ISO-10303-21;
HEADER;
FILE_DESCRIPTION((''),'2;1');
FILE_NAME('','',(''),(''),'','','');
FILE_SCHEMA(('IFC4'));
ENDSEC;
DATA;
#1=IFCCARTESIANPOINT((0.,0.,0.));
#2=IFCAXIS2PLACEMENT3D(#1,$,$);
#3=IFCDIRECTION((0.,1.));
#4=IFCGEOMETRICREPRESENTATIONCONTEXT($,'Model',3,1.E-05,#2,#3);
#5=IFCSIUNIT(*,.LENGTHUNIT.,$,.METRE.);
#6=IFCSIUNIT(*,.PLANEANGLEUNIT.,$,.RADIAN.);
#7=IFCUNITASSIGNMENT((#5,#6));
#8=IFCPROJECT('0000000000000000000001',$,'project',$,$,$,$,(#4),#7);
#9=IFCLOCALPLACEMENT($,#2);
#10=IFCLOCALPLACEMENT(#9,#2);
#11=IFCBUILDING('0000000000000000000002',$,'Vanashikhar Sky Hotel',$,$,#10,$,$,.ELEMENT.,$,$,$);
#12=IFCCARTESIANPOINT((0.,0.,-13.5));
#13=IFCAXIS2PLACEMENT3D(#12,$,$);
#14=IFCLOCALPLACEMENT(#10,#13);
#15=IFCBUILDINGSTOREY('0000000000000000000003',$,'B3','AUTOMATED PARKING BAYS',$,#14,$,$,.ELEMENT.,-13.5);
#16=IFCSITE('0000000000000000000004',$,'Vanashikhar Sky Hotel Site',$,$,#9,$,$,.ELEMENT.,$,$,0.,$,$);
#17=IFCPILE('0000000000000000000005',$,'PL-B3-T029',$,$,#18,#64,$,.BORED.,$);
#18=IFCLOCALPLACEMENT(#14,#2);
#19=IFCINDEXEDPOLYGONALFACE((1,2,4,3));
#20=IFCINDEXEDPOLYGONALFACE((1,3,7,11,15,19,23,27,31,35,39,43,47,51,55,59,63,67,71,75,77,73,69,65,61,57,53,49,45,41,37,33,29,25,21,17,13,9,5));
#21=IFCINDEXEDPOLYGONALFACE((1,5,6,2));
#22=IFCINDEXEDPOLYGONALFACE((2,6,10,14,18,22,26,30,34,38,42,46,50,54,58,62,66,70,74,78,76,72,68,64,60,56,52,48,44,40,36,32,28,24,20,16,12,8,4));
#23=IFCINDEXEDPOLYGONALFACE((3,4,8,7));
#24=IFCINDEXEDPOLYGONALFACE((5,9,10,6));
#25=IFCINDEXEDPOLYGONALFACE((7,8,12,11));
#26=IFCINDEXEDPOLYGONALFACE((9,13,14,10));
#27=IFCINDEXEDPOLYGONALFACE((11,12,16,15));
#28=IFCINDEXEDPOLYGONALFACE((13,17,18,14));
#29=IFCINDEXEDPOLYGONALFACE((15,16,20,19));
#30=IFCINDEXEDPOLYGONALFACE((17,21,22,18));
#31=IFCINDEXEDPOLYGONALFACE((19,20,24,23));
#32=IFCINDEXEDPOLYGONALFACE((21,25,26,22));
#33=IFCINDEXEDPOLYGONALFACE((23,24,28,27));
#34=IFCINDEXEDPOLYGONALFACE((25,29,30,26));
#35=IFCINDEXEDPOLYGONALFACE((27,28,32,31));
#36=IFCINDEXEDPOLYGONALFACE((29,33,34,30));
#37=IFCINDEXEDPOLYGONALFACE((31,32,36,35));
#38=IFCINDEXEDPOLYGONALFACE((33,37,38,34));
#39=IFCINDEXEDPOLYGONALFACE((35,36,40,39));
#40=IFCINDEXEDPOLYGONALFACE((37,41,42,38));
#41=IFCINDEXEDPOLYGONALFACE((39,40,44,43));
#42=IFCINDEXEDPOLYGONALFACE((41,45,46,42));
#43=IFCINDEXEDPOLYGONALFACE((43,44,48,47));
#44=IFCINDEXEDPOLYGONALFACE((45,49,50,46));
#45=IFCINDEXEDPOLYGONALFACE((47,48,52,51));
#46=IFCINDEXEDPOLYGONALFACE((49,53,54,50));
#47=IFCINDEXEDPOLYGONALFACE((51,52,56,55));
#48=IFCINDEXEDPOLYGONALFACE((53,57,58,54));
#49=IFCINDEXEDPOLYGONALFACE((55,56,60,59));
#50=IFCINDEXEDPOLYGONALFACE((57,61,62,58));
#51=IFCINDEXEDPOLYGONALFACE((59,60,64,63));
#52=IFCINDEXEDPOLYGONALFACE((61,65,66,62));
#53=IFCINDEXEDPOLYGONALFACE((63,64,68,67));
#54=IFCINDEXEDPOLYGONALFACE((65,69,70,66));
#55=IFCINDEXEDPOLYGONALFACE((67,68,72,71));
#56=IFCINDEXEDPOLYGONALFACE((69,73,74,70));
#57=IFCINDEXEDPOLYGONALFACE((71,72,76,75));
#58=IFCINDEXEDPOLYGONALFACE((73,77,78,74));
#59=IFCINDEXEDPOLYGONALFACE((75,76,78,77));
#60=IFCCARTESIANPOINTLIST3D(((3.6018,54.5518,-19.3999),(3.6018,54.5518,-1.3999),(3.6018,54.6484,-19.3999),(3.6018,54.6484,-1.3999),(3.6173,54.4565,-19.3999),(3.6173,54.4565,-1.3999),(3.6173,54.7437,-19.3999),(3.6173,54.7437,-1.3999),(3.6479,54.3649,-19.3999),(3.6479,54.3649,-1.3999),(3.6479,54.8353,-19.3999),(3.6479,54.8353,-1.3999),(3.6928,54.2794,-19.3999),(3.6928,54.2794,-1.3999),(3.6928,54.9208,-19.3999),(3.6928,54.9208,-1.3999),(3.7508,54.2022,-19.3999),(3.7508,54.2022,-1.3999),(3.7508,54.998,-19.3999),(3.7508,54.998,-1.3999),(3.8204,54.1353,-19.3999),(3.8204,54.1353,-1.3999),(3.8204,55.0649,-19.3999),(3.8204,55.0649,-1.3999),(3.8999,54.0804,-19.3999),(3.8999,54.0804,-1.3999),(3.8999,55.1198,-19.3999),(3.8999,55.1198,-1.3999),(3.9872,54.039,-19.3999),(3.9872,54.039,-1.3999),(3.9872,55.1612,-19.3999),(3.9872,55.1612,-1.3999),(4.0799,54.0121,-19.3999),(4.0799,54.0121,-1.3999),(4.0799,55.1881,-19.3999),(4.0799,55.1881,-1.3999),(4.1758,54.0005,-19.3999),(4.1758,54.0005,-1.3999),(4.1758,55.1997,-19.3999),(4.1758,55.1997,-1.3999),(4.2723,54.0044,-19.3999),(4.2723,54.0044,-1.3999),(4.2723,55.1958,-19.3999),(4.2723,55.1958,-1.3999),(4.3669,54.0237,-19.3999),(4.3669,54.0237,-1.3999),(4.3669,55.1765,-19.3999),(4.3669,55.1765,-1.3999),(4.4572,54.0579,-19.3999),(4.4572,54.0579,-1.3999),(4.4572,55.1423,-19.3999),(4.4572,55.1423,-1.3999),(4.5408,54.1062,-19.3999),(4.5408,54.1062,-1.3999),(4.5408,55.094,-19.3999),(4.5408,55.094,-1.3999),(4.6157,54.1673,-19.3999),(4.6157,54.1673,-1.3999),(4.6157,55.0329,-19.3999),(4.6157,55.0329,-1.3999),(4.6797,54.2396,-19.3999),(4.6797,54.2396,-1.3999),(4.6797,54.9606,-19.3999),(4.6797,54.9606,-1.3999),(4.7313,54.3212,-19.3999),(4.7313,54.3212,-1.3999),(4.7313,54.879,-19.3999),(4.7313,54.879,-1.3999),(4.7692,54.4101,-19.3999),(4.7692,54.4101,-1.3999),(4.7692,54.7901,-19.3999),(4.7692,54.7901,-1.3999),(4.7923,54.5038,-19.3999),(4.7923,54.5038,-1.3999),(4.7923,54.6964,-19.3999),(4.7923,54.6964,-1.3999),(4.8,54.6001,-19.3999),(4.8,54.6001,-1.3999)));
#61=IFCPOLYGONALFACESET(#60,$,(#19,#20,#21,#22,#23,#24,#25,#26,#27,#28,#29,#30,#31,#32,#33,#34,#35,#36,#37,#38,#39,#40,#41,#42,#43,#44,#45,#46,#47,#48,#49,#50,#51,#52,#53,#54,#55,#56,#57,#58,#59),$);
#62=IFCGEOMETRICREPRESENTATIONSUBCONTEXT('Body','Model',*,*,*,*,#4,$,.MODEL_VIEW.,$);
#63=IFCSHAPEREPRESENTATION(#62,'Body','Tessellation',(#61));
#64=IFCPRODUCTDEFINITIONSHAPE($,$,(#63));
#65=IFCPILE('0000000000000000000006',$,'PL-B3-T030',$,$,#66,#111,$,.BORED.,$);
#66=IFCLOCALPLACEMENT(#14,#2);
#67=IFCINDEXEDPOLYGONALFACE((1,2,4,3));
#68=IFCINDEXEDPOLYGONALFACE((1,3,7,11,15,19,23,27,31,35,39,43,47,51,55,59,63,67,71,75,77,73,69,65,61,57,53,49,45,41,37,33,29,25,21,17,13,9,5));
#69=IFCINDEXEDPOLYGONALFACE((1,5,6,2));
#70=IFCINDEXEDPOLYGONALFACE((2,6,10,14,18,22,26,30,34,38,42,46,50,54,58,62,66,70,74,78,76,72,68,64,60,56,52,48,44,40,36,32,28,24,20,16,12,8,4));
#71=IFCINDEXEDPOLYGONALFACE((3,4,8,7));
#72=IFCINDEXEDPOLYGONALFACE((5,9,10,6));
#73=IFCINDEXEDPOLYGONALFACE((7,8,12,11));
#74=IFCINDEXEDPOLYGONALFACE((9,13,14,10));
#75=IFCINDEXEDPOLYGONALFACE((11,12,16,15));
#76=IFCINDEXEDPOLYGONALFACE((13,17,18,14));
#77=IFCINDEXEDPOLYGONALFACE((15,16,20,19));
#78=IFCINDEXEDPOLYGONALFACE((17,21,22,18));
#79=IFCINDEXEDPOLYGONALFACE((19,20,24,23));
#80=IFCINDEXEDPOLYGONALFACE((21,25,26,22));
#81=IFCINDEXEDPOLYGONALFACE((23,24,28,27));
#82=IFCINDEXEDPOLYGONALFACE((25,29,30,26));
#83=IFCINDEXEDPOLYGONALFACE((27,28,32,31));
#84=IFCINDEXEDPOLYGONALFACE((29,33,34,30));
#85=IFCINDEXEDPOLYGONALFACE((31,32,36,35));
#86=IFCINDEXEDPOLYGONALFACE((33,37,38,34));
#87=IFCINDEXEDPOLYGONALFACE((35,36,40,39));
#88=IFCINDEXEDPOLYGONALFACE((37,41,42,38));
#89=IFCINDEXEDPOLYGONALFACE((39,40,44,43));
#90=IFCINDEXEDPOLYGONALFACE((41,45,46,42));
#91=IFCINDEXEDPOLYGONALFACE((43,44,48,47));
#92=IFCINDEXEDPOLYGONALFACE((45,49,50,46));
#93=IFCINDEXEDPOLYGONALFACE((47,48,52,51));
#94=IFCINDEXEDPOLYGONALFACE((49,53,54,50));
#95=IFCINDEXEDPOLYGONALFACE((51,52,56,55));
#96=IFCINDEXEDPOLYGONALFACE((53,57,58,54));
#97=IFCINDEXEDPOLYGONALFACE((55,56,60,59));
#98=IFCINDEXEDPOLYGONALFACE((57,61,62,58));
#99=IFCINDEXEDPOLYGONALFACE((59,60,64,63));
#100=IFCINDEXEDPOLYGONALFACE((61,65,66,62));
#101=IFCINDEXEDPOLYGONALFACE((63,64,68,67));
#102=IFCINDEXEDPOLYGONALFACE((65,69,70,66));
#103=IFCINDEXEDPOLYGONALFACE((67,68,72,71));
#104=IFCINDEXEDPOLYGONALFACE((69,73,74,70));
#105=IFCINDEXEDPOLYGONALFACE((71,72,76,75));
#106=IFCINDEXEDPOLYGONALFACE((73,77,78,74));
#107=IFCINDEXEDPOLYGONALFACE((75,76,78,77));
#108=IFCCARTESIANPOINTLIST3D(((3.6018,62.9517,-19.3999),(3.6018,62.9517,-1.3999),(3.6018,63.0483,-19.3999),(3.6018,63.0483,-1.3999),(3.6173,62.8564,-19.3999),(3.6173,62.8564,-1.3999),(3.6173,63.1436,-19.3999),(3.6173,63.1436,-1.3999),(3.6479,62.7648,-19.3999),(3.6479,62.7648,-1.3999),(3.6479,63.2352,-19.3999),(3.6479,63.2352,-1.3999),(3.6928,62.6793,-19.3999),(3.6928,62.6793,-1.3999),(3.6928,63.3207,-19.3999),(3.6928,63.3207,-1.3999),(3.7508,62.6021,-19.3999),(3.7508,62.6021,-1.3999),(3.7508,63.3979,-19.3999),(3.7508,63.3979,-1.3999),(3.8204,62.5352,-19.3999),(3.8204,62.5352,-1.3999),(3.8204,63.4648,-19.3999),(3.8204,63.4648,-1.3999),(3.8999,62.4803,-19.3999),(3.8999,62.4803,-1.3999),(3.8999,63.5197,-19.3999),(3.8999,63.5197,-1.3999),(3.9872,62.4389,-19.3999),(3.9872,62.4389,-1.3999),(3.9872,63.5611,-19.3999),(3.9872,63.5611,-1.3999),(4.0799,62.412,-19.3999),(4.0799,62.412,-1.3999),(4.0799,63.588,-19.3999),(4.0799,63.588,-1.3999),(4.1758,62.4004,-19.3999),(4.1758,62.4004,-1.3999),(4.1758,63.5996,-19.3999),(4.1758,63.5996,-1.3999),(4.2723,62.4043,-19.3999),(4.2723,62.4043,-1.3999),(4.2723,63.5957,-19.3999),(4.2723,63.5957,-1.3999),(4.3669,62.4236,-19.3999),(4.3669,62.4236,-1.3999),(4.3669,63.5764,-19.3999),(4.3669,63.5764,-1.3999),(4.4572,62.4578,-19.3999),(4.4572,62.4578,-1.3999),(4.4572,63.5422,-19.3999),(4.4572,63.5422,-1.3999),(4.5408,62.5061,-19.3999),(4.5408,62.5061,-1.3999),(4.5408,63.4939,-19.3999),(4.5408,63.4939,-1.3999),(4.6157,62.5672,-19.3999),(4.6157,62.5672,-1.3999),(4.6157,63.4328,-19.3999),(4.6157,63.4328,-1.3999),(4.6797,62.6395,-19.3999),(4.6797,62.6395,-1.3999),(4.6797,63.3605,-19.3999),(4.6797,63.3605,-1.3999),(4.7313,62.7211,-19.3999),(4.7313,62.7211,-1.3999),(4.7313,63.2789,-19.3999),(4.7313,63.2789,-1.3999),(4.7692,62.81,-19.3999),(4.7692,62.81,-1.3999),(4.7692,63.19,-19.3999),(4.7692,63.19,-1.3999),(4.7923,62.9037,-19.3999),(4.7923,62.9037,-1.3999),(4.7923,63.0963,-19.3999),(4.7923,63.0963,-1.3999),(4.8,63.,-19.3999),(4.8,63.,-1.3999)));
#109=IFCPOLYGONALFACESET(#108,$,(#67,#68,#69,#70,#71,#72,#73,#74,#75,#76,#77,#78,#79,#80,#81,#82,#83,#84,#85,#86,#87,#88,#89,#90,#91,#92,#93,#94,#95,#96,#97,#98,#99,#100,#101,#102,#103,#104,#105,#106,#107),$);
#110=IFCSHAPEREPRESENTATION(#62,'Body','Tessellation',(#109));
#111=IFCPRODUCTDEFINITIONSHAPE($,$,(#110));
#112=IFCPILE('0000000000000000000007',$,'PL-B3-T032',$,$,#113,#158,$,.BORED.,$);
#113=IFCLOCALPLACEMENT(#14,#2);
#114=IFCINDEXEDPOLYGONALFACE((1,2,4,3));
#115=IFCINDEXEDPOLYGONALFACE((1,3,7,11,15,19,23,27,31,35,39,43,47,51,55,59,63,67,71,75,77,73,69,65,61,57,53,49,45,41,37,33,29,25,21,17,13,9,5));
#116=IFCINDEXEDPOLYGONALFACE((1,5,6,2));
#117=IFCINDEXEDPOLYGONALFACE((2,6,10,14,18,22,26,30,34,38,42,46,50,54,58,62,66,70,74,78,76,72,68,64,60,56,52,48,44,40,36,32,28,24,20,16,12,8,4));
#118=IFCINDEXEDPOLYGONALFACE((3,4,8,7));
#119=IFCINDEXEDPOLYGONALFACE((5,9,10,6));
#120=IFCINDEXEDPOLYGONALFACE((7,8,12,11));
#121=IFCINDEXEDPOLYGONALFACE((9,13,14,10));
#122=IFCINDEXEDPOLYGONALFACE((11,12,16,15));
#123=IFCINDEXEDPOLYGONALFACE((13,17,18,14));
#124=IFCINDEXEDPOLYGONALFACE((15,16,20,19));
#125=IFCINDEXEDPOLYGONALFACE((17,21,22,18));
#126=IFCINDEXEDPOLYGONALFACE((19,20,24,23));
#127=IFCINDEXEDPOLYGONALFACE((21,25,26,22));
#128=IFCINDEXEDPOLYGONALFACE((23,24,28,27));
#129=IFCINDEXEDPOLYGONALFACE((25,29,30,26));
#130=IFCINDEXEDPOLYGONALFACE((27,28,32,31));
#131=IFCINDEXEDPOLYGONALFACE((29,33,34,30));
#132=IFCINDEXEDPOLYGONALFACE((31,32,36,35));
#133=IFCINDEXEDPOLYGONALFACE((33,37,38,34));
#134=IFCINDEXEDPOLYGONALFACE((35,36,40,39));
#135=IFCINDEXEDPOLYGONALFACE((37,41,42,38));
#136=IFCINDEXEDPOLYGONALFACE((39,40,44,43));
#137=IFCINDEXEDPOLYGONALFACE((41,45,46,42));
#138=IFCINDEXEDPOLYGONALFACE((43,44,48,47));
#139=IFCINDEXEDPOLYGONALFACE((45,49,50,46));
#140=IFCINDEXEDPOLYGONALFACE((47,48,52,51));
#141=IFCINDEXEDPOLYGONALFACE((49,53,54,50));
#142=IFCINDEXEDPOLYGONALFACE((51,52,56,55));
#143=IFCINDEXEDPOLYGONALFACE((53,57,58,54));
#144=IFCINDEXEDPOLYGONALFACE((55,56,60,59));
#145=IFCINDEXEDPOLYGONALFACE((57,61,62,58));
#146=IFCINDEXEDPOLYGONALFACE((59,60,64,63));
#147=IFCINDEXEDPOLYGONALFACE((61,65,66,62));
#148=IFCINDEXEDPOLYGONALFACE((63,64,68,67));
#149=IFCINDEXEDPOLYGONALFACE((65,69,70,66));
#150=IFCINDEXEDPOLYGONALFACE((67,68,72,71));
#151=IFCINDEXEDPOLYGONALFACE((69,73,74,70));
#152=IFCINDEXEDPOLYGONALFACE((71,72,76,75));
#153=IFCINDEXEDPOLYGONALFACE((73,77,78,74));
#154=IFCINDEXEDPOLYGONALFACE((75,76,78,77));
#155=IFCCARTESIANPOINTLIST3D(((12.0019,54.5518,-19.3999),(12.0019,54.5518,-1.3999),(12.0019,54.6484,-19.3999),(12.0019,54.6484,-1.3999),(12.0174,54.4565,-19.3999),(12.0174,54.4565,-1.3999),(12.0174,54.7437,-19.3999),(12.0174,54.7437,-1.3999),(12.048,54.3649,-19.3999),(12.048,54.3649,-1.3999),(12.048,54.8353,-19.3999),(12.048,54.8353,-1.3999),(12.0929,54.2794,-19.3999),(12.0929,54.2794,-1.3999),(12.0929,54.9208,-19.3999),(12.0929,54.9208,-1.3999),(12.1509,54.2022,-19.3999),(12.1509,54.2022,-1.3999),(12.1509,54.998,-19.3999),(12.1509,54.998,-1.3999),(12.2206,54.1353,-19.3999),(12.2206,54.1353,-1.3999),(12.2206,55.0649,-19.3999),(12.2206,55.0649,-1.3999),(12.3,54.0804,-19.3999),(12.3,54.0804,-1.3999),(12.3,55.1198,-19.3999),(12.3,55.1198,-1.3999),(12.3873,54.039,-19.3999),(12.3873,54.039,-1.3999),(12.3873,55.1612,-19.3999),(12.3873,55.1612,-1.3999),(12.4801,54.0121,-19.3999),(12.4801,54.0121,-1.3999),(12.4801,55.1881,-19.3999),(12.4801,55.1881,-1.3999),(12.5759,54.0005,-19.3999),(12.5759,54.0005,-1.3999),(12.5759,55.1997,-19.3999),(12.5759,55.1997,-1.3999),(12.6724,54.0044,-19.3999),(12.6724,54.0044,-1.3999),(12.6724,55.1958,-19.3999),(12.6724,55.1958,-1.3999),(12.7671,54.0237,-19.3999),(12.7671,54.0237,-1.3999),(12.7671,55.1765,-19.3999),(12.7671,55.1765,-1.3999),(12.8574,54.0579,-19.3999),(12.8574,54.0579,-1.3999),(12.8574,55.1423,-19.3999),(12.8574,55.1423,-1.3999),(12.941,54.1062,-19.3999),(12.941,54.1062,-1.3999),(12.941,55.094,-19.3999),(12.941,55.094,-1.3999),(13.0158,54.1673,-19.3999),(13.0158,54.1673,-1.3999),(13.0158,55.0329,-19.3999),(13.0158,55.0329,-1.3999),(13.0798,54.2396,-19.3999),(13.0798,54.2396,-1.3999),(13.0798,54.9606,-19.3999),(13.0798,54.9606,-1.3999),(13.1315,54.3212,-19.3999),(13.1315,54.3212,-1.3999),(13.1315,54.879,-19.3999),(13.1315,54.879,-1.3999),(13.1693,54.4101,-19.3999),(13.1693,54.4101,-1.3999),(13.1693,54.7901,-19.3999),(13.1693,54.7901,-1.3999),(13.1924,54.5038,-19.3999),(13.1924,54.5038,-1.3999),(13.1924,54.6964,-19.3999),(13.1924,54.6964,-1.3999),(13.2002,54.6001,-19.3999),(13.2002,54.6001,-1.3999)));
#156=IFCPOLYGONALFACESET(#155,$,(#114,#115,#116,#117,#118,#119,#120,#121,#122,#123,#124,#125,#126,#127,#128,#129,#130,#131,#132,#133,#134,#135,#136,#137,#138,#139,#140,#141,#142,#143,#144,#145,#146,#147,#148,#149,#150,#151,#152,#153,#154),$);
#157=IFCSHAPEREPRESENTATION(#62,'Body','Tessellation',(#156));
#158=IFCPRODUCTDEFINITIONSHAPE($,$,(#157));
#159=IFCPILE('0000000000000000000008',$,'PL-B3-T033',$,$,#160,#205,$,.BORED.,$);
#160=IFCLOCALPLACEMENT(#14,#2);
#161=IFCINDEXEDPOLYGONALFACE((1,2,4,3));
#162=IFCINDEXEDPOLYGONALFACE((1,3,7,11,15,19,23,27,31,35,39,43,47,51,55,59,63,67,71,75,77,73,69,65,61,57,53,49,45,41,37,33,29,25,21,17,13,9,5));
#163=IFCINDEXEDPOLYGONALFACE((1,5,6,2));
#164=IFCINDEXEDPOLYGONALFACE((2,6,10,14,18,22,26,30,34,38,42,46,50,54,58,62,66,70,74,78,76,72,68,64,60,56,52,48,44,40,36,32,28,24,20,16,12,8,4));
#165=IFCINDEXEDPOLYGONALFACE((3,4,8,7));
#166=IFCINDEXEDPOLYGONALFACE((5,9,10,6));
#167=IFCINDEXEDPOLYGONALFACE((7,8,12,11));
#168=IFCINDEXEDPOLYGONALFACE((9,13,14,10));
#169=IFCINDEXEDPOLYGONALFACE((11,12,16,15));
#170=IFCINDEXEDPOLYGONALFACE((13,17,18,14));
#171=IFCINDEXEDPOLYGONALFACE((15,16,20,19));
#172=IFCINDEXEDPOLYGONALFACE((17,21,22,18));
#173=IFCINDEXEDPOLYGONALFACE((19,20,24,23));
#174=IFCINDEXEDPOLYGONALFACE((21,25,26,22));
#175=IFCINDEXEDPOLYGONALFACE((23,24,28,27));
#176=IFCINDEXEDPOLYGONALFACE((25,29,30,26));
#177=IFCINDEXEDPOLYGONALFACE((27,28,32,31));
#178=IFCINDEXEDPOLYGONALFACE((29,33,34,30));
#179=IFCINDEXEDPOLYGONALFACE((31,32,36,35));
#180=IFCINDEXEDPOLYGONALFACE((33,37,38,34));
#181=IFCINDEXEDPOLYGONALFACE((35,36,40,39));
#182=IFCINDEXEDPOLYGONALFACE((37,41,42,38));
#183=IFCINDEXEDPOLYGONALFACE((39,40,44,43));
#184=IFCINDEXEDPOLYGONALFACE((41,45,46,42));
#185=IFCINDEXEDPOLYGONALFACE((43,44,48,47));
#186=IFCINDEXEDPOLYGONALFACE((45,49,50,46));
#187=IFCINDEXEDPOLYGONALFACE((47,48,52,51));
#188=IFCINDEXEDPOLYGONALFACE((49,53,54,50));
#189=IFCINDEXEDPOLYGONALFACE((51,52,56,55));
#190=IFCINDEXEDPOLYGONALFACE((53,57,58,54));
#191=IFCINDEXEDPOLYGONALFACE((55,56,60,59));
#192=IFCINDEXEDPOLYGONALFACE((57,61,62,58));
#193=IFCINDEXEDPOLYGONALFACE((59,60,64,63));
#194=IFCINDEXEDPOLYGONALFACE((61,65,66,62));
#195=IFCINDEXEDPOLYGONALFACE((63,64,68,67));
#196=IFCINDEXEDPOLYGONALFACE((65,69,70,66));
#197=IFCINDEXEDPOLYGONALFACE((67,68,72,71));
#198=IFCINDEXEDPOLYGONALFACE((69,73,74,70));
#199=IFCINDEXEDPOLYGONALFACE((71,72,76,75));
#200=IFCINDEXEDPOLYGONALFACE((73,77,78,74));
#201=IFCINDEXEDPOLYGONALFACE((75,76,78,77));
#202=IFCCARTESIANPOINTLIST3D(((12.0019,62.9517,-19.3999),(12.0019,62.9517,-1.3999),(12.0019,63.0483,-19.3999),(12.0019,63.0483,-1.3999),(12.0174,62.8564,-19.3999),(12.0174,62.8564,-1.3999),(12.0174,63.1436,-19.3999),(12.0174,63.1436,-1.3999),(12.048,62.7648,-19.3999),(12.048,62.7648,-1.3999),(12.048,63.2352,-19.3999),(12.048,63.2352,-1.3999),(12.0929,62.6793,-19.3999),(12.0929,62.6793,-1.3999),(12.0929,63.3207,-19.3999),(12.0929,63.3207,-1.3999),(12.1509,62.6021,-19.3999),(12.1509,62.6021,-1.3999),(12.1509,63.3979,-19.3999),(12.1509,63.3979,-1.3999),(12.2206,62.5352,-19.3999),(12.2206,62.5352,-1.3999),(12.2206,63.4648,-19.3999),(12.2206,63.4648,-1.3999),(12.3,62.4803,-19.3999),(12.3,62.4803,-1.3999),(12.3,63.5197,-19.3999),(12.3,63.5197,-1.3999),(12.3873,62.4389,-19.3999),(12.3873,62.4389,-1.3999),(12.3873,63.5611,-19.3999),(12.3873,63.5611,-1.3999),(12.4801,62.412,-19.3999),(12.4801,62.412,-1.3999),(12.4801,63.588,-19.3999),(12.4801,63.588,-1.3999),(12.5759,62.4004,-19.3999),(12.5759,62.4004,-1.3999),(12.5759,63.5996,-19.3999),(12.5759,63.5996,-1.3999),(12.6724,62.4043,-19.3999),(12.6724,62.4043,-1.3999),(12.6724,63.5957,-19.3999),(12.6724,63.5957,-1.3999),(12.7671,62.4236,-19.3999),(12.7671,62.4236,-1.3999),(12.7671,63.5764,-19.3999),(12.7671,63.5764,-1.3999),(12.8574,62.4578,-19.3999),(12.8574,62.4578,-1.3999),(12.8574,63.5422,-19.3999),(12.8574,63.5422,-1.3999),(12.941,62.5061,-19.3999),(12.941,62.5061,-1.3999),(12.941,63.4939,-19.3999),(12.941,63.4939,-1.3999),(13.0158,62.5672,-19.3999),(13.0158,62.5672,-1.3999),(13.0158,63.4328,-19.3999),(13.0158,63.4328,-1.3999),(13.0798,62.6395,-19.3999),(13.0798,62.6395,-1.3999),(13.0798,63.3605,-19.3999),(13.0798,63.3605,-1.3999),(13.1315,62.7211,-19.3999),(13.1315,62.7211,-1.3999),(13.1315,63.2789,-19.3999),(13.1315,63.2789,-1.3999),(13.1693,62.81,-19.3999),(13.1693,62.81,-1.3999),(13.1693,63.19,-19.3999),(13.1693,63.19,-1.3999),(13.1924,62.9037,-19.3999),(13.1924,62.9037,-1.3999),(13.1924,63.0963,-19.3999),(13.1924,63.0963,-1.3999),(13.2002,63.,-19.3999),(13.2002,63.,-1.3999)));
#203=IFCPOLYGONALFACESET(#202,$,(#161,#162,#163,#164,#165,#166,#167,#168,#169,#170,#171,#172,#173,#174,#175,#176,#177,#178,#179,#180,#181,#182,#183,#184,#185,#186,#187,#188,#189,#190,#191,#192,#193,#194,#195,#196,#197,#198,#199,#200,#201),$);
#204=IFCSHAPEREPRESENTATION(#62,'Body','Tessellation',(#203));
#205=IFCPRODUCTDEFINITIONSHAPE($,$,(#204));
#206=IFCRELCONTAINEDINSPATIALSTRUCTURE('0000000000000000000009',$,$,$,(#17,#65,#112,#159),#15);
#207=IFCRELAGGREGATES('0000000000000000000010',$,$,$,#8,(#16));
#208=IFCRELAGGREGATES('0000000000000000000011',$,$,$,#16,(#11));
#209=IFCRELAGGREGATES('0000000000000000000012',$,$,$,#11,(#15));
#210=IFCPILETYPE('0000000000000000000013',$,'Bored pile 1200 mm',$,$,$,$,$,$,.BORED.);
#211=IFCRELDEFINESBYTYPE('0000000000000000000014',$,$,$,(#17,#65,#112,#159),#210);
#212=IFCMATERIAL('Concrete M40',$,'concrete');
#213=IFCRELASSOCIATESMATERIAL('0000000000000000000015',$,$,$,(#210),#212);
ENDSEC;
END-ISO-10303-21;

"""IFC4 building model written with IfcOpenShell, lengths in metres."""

from ifc_helpers import new_model, si_unit, direction, frame, origin, origin_2d, place, context, subcontext, project, spatial, circle, extrude, source, transform, mapped, material, type_object, element, save


model = new_model("IFC4")

# Units and contexts
model_context = context("Model", 3, precision=1e-05, world=origin(), true_north=direction((0.0, 1.0)))
body_context = subcontext(model_context, "Body", "Model", "MODEL_VIEW")
ifc_project = project(units=[si_unit("LENGTHUNIT", "METRE"), si_unit("PLANEANGLEUNIT", "RADIAN")], contexts=[model_context])

# Site, building, storey
site_placement = place(None, origin())
site = spatial("IfcSite", under=ifc_project, at=site_placement, Name="Vanashikhar Sky Hotel Site", CompositionType="ELEMENT", RefElevation=0.0)
building_placement = place(site_placement, origin())
building = spatial("IfcBuilding", under=site, at=building_placement, Name="Vanashikhar Sky Hotel", CompositionType="ELEMENT")
storey_placement = place(building_placement, frame((0.0, 0.0, -13.5)))
storey = spatial("IfcBuildingStorey", under=building, at=storey_placement, Name="B3", Description="AUTOMATED PARKING BAYS", CompositionType="ELEMENT", Elevation=-13.5)

# Piles
ifc_material_1 = material(Name="Concrete M40", Category="concrete")
pile_type_1 = type_object("IfcPileType", Name="Bored pile 1200 mm", PredefinedType="BORED", material=ifc_material_1)
shared_shape_1 = source(origin(), body_context, "Body", "SweptSolid", [
    extrude(circle(Radius=0.6001, at=origin_2d()), origin(), (0.0, 0.0, 1.0), 18.0),
])
for number, where, z_axis, x_axis, name in (
    (1, (4.2, 54.6001, -1.3999), (0.0, 0.0, -1.0), (1.0, 0.0, 0.0), "PL-B3-T029"),
    (2, (4.2, 63.0, -1.3999), (0.0, 0.0, -1.0), (1.0, 0.0, 0.0), "PL-B3-T030"),
    (3, (12.6001, 54.6001, -1.3999), (0.0, 0.0, -1.0), (1.0, 0.0, 0.0), "PL-B3-T032"),
    (4, (12.6001, 63.0, -1.3999), (0.0, 0.0, -1.0), (1.0, 0.0, 0.0), "PL-B3-T033"),
):
    element("IfcPile", number, at=place(storey_placement, frame(where, z_axis=z_axis, x_axis=x_axis)), inside=storey, type_object=pile_type_1, Name=name, PredefinedType="BORED", context=body_context, shape_type="MappedRepresentation", body=[
        mapped(shared_shape_1, transform((0.0, 0.0, 0.0), scale=1.0)),
    ])

save(model, "model.ifc")
